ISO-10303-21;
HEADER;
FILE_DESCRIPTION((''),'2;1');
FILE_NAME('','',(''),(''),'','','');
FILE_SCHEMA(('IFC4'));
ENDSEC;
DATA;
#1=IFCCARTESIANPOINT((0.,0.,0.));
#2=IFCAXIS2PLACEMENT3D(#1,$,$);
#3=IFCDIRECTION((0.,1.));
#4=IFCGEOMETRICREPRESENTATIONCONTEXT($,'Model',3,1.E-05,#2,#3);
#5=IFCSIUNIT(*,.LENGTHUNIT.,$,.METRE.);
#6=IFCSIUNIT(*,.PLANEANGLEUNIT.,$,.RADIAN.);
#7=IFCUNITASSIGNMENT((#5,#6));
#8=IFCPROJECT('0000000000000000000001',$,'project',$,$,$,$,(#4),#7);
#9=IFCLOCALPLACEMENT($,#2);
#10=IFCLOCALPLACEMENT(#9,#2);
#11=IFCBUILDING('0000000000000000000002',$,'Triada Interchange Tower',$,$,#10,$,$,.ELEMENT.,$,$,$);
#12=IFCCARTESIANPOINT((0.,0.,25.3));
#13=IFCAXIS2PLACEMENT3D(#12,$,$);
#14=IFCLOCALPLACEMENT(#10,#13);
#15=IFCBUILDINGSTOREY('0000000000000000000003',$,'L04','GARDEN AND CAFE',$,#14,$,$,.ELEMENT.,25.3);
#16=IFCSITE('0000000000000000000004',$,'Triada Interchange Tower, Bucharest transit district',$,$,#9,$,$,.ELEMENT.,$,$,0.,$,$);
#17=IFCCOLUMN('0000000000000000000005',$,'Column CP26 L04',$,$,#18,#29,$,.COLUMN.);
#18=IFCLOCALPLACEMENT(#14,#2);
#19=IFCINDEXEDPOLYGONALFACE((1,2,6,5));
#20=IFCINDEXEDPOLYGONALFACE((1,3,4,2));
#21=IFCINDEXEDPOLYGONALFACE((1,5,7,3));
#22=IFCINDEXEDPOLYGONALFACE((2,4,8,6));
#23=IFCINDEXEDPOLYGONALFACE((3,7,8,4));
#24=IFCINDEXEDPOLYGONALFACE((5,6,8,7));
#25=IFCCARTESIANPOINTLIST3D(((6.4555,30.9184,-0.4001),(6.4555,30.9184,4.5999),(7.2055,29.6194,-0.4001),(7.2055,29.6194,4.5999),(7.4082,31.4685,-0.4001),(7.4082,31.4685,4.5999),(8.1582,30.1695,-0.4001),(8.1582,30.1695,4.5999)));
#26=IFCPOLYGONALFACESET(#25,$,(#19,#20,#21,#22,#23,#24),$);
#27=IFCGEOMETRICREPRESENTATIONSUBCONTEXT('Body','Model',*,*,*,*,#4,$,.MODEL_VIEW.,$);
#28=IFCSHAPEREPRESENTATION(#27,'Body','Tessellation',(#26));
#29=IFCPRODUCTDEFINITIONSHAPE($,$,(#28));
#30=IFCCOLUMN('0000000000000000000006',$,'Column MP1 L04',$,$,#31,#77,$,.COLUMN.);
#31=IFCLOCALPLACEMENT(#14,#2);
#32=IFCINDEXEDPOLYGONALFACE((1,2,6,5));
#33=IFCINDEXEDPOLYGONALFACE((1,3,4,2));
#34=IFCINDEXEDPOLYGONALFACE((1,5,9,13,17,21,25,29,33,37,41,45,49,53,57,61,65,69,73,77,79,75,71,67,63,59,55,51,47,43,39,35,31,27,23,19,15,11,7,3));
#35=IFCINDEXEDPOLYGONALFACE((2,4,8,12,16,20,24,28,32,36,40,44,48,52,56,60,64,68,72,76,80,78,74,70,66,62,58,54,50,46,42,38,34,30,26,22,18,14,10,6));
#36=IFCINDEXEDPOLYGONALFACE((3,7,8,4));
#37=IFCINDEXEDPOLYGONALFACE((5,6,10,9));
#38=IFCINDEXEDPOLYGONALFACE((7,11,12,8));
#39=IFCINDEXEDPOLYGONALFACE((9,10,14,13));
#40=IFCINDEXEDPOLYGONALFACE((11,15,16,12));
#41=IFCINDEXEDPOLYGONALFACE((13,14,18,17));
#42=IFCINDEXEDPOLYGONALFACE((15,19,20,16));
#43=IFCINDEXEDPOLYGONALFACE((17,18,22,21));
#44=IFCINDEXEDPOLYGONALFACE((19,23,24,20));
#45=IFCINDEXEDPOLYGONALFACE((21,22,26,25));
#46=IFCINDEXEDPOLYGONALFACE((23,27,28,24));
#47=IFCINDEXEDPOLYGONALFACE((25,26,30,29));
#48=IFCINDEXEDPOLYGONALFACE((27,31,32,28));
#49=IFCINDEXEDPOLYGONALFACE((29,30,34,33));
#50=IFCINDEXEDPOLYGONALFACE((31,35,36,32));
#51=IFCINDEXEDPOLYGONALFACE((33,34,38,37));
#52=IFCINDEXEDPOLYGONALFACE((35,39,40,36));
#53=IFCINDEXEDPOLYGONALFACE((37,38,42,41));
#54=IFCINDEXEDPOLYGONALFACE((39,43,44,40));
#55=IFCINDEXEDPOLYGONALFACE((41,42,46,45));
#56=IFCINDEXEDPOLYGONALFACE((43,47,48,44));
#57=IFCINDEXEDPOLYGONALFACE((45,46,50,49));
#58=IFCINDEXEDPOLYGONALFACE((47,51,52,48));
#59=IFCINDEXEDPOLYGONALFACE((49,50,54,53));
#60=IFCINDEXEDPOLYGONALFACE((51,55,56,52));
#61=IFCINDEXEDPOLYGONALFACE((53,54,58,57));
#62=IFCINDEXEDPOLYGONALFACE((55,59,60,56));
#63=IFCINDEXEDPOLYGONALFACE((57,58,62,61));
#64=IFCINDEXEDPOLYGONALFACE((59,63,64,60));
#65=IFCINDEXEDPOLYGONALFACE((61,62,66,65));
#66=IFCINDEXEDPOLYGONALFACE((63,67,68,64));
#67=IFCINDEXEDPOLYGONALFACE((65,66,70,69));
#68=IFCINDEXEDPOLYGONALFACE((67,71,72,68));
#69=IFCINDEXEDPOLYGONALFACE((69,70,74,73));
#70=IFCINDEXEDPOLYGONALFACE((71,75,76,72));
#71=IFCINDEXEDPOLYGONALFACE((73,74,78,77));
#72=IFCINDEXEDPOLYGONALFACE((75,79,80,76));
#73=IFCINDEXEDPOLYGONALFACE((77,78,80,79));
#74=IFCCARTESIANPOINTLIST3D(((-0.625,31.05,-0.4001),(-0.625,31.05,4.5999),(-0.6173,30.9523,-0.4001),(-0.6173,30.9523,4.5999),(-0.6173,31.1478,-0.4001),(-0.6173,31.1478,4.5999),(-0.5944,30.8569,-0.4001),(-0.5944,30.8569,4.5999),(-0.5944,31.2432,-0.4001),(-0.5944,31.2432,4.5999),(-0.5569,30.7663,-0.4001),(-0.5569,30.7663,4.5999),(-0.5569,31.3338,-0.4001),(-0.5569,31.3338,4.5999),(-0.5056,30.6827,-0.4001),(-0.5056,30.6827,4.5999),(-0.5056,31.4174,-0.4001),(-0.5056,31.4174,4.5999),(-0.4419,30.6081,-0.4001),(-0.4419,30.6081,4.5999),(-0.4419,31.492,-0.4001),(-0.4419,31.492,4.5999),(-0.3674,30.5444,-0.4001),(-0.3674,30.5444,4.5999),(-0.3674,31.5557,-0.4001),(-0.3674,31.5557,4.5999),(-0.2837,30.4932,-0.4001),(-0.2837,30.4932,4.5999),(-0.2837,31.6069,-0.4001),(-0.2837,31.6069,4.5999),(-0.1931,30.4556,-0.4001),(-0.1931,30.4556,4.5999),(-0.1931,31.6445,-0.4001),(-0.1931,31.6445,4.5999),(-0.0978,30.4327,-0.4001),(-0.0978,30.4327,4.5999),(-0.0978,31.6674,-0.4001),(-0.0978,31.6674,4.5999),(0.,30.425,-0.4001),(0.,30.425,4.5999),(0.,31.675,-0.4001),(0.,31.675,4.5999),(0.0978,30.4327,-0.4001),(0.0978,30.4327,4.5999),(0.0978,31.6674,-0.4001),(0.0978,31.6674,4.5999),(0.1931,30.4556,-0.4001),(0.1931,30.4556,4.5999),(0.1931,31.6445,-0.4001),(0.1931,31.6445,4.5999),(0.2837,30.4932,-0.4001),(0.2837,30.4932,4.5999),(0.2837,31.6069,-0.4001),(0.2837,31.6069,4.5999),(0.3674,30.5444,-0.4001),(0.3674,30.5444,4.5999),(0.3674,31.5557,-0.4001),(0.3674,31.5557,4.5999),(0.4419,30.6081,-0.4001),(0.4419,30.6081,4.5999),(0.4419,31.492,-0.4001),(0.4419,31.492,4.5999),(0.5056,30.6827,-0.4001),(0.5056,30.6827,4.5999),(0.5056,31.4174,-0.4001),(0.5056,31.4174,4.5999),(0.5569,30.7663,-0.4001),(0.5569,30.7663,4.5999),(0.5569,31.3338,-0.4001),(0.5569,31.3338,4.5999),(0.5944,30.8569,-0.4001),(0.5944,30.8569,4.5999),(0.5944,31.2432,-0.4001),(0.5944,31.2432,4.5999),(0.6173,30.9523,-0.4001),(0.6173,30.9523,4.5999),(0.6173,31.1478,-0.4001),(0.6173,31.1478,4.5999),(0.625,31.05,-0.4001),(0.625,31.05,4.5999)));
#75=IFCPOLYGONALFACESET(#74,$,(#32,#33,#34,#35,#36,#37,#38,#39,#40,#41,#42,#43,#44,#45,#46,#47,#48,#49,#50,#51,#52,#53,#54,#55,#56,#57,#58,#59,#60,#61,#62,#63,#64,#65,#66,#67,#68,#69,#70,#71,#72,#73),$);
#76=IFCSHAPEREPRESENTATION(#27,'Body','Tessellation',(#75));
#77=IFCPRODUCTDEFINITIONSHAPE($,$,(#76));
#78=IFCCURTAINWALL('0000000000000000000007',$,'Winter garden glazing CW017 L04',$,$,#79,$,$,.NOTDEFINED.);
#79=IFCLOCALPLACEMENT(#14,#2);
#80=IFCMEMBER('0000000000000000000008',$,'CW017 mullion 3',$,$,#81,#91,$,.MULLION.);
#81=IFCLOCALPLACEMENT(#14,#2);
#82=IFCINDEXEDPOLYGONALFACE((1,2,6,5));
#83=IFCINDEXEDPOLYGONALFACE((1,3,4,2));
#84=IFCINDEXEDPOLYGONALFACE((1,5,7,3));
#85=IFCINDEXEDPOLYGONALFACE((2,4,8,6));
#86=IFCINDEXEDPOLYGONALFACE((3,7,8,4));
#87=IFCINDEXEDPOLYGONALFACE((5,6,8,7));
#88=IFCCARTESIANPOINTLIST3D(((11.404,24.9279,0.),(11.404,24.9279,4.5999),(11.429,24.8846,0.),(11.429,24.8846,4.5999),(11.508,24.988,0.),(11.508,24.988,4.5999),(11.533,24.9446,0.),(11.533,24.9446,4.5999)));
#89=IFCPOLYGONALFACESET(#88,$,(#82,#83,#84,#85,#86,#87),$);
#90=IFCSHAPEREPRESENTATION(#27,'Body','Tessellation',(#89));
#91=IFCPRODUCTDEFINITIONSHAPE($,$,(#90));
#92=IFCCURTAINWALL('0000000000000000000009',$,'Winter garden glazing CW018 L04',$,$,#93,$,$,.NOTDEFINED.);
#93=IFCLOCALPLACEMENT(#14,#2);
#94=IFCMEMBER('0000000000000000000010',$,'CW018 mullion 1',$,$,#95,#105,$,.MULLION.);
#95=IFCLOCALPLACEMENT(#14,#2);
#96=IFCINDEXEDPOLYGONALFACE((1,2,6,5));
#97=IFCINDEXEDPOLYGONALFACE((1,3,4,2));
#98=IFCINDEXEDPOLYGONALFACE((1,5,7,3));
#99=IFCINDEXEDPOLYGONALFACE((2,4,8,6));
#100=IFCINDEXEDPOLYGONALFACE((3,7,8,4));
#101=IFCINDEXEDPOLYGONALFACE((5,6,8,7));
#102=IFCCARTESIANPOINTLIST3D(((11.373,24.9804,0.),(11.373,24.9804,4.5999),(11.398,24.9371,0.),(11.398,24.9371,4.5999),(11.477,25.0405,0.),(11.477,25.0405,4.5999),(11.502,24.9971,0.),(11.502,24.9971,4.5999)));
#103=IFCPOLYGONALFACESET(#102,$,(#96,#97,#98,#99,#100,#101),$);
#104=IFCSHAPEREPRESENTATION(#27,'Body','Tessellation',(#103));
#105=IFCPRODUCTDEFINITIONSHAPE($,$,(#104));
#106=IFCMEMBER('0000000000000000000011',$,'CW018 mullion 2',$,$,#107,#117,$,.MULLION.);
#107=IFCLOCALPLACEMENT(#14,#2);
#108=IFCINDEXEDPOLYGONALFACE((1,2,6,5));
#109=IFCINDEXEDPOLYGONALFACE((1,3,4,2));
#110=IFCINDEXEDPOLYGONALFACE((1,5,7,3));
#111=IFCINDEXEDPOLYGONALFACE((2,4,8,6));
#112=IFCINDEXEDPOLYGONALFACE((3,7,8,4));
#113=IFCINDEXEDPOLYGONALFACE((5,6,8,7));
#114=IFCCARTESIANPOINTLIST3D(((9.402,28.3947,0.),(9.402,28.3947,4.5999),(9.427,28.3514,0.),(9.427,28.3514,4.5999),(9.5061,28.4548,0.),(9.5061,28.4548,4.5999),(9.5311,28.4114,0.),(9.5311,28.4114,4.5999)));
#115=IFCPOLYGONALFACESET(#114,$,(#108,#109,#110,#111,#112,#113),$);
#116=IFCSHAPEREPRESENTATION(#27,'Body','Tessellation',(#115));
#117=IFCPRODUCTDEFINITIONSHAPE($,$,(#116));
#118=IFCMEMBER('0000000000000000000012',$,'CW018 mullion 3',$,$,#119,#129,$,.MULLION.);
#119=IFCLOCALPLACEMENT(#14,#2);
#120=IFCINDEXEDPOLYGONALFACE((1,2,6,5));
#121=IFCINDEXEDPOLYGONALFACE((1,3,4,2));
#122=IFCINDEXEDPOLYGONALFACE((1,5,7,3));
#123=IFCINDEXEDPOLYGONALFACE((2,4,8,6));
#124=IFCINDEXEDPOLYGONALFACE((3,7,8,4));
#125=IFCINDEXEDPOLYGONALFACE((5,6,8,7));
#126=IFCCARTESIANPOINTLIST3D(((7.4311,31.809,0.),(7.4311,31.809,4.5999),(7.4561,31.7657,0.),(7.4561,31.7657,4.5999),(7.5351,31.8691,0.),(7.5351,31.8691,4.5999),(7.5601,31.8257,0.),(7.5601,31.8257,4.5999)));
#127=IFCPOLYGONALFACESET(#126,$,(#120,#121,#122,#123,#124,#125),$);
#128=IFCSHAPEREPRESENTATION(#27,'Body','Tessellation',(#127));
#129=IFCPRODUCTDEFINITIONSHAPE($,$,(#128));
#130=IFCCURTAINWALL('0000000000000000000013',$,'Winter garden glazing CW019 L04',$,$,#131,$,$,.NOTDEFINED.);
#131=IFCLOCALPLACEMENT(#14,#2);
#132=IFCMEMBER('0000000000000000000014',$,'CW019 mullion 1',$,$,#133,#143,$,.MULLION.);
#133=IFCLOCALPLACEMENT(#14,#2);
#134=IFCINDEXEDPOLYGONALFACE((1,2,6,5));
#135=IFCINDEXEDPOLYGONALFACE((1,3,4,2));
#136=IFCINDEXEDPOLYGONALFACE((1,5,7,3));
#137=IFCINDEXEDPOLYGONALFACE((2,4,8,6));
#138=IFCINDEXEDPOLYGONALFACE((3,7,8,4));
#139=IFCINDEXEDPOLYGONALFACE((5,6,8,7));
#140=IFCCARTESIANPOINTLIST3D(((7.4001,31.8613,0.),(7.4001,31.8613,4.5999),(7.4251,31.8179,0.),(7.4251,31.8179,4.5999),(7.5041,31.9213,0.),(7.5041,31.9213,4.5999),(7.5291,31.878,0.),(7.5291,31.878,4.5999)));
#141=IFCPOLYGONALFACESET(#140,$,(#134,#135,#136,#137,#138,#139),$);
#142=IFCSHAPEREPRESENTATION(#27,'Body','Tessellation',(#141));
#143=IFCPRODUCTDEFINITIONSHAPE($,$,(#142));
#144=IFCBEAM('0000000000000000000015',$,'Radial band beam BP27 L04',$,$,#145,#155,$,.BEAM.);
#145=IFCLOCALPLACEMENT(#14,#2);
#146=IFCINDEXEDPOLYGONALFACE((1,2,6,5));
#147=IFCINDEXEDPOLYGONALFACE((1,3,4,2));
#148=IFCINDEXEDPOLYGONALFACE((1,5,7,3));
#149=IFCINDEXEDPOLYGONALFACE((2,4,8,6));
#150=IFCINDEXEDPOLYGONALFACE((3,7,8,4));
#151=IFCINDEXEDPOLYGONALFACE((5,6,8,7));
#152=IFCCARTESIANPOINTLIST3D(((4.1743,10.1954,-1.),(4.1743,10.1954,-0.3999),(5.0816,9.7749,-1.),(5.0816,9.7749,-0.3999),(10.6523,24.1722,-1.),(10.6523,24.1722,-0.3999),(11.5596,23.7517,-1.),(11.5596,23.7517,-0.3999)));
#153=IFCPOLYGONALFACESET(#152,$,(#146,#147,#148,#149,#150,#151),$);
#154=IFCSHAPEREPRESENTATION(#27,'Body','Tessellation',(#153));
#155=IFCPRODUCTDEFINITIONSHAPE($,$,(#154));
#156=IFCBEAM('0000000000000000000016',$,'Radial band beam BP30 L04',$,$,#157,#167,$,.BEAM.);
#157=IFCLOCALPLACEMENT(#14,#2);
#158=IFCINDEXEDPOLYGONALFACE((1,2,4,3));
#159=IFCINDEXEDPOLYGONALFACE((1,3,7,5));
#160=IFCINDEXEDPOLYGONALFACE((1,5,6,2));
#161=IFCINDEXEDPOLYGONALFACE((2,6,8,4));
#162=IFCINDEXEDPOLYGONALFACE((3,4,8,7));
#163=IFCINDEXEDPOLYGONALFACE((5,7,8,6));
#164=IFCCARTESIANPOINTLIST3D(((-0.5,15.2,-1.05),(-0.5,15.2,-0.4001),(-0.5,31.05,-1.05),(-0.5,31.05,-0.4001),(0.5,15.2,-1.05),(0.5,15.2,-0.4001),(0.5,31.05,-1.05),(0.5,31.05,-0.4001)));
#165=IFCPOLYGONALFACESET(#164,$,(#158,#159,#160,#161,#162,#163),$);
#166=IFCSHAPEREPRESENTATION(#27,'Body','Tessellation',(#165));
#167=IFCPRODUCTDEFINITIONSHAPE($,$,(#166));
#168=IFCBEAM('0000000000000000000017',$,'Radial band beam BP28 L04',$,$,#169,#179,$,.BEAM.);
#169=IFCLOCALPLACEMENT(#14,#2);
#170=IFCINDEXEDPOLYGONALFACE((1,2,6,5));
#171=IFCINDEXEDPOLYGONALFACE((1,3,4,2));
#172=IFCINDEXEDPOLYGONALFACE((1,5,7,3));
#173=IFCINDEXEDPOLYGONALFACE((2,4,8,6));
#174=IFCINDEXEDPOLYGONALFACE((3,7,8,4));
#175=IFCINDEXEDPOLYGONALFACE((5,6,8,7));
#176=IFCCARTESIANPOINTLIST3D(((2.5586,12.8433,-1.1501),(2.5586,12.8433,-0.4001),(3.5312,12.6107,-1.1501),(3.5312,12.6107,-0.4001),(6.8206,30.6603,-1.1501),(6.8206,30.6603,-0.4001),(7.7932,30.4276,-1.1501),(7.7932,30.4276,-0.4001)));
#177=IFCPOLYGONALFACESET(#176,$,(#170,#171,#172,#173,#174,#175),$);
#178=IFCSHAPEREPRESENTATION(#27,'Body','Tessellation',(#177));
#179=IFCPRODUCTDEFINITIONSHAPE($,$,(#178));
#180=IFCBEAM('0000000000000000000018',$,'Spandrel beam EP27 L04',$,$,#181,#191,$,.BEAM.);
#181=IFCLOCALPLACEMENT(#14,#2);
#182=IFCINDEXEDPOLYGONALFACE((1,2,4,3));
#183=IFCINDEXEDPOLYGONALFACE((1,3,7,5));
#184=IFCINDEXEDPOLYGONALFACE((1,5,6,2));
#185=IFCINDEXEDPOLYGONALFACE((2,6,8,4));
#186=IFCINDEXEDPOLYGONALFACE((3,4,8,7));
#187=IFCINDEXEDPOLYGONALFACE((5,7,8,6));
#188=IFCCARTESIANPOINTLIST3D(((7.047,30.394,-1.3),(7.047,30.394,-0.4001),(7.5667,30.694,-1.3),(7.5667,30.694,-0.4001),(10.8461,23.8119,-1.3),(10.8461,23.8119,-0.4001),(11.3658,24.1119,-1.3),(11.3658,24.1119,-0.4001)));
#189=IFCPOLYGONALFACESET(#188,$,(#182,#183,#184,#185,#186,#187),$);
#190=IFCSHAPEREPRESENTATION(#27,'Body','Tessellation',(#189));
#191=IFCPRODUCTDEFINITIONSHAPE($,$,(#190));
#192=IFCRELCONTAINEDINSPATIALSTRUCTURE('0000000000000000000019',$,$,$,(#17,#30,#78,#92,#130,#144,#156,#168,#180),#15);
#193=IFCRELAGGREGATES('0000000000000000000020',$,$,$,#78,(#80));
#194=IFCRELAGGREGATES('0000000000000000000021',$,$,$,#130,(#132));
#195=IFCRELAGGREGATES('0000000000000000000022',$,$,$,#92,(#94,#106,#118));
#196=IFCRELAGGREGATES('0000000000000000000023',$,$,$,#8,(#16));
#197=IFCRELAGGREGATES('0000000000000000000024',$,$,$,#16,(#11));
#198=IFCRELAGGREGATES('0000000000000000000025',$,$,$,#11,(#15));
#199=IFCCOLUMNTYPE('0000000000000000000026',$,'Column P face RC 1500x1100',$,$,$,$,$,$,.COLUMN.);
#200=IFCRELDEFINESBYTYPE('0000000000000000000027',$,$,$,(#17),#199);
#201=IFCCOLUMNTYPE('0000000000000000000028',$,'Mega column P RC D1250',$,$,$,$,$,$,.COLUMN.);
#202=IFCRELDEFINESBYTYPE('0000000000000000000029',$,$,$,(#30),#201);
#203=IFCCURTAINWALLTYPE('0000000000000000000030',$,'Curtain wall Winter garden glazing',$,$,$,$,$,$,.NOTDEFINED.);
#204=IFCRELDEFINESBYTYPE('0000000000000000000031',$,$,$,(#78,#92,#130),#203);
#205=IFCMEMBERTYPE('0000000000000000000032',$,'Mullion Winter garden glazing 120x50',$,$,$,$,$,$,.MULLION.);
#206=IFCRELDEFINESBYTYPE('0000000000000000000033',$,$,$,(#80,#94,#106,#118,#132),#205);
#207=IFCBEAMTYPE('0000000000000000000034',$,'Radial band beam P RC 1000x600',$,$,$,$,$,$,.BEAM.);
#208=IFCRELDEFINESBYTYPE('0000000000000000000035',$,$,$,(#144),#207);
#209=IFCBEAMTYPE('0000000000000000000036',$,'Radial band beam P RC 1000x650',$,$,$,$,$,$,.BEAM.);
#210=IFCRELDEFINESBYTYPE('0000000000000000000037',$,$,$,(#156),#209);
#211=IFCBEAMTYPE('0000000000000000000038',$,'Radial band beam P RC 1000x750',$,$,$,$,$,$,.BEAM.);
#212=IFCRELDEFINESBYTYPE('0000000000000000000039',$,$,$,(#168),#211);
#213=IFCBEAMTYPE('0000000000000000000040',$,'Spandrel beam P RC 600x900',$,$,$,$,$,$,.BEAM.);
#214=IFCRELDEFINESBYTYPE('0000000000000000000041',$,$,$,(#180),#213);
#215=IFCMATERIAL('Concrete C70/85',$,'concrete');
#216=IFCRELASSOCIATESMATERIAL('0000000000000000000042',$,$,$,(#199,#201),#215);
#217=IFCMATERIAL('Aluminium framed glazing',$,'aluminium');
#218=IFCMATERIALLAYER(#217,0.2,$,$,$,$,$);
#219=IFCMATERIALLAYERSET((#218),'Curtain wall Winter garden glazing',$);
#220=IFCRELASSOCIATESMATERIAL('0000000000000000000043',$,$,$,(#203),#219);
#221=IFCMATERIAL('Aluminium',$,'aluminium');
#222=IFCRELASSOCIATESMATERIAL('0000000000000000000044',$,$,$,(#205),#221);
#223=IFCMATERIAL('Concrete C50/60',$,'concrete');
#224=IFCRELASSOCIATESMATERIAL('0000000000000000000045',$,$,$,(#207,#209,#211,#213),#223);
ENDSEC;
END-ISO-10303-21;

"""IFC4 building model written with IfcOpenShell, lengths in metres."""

from ifc_helpers import new_model, si_unit, direction, frame, origin, origin_2d, place, context, subcontext, project, spatial, rectangle, circle, extrude, material, layer, layer_set, material_profile, profile_set, type_object, element, aggregate, save


model = new_model("IFC4")

# Units and contexts
model_context = context("Model", 3, precision=1e-05, world=origin(), true_north=direction((0.0, 1.0)))
body_context = subcontext(model_context, "Body", "Model", "MODEL_VIEW")
ifc_project = project(units=[si_unit("LENGTHUNIT", "METRE"), si_unit("PLANEANGLEUNIT", "RADIAN")], contexts=[model_context])

# Site, building, storey
site_placement = place(None, origin())
site = spatial("IfcSite", under=ifc_project, at=site_placement, Name="Triada Interchange Tower, Bucharest transit district", CompositionType="ELEMENT", RefElevation=0.0)
building_placement = place(site_placement, origin())
building = spatial("IfcBuilding", under=site, at=building_placement, Name="Triada Interchange Tower", CompositionType="ELEMENT")
storey_placement = place(building_placement, frame((0.0, 0.0, 25.3)))
storey = spatial("IfcBuildingStorey", under=building, at=storey_placement, Name="L04", Description="GARDEN AND CAFE", CompositionType="ELEMENT", Elevation=25.3)

# Columns
ifc_material_1 = material(Name="Concrete C70/85", Category="concrete")
ifc_material_profile_1 = material_profile(ifc_material_1, rectangle(XDim=1.5, YDim=1.1001, at=origin_2d()), Name="RC 1500x1100")
ifc_profile_set_1 = profile_set([ifc_material_profile_1], Name="Concrete C70/85")
column_type_1 = type_object("IfcColumnType", Name="Column P face RC 1500x1100", PredefinedType="COLUMN", material=ifc_profile_set_1)
column_1_placement = place(storey_placement, frame((7.3069, 30.5439, -0.4001), z_axis=(0.0, 0.0, 1.0), x_axis=(-0.5, 0.866025, 0.0)))
element("IfcColumn", 1, at=column_1_placement, inside=storey, type_object=column_type_1, Name="Column CP26 L04", PredefinedType="COLUMN", context=body_context, shape_type="SweptSolid", body=[
    extrude(rectangle(XDim=1.5, YDim=1.1001, at=origin_2d()), origin(), (0.0, 0.0, 1.0), 5.0),
])
ifc_material_profile_2 = material_profile(ifc_material_1, circle(Radius=0.625, at=origin_2d()), Name="RC D1250")
ifc_profile_set_2 = profile_set([ifc_material_profile_2], Name="Concrete C70/85")
column_type_2 = type_object("IfcColumnType", Name="Mega column P RC D1250", PredefinedType="COLUMN", material=ifc_profile_set_2)
column_2_placement = place(storey_placement, frame((0.0, 31.05, -0.4001), z_axis=(0.0, 0.0, 1.0), x_axis=(1.0, 0.0, 0.0)))
element("IfcColumn", 2, at=column_2_placement, inside=storey, type_object=column_type_2, Name="Column MP1 L04", PredefinedType="COLUMN", context=body_context, shape_type="SweptSolid", body=[
    extrude(circle(Radius=0.625, at=origin_2d()), origin(), (0.0, 0.0, 1.0), 5.0),
])

# Curtain wall, member
ifc_material_2 = material(Name="Aluminium framed glazing", Category="aluminium")
ifc_layer_1 = layer(ifc_material_2, 0.2)
ifc_layer_set_1 = layer_set([ifc_layer_1], Name="Curtain wall Winter garden glazing")
curtain_wall_type = type_object("IfcCurtainWallType", Name="Curtain wall Winter garden glazing", PredefinedType="NOTDEFINED", material=ifc_layer_set_1)
curtain_wall_1_placement = place(storey_placement, origin())
curtain_wall_1 = element("IfcCurtainWall", 3, at=curtain_wall_1_placement, inside=storey, type_object=curtain_wall_type, Name="Winter garden glazing CW017 L04", PredefinedType="NOTDEFINED")
ifc_material_3 = material(Name="Aluminium", Category="aluminium")
ifc_material_profile_3 = material_profile(ifc_material_3, rectangle(XDim=0.1201, YDim=0.05, at=origin_2d()), Name="Aluminium mullion")
ifc_profile_set_3 = profile_set([ifc_material_profile_3], Name="Aluminium")
member_type_1 = type_object("IfcMemberType", Name="Mullion Winter garden glazing 120x50", PredefinedType="MULLION", material=ifc_profile_set_3)
member_1_placement = place(storey_placement, frame((11.4685, 24.9363, 0.0), z_axis=(0.0, 0.0, 1.0), x_axis=(-0.866055, -0.499948, 0.0)))
member_1 = element("IfcMember", 4, at=member_1_placement, type_object=member_type_1, Name="CW017 mullion 3", PredefinedType="MULLION", context=body_context, shape_type="SweptSolid", body=[
    extrude(rectangle(XDim=0.1201, YDim=0.05, at=origin_2d()), origin(), (0.0, 0.0, 1.0), 4.5999),
])
aggregate(curtain_wall_1, [member_1])

# Curtain wall, members
curtain_wall_2_placement = place(storey_placement, origin())
curtain_wall_2 = element("IfcCurtainWall", 5, at=curtain_wall_2_placement, inside=storey, type_object=curtain_wall_type, Name="Winter garden glazing CW018 L04", PredefinedType="NOTDEFINED")
member_2_placement = place(storey_placement, frame((11.4375, 24.9888, 0.0), z_axis=(0.0, 0.0, 1.0), x_axis=(-0.866055, -0.499948, 0.0)))
member_2 = element("IfcMember", 6, at=member_2_placement, type_object=member_type_1, Name="CW018 mullion 1", PredefinedType="MULLION", context=body_context, shape_type="SweptSolid", body=[
    extrude(rectangle(XDim=0.1201, YDim=0.05, at=origin_2d()), origin(), (0.0, 0.0, 1.0), 4.5999),
])
member_3_placement = place(storey_placement, frame((9.4666, 28.4031, 0.0), z_axis=(0.0, 0.0, 1.0), x_axis=(-0.866055, -0.499948, 0.0)))
member_3 = element("IfcMember", 7, at=member_3_placement, type_object=member_type_1, Name="CW018 mullion 2", PredefinedType="MULLION", context=body_context, shape_type="SweptSolid", body=[
    extrude(rectangle(XDim=0.1201, YDim=0.05, at=origin_2d()), origin(), (0.0, 0.0, 1.0), 4.5999),
])
member_4_placement = place(storey_placement, frame((7.4956, 31.8174, 0.0), z_axis=(0.0, 0.0, 1.0), x_axis=(-0.866055, -0.499948, 0.0)))
member_4 = element("IfcMember", 8, at=member_4_placement, type_object=member_type_1, Name="CW018 mullion 3", PredefinedType="MULLION", context=body_context, shape_type="SweptSolid", body=[
    extrude(rectangle(XDim=0.1201, YDim=0.05, at=origin_2d()), origin(), (0.0, 0.0, 1.0), 4.5999),
])

# Curtain wall, member
curtain_wall_3_placement = place(storey_placement, origin())
curtain_wall_3 = element("IfcCurtainWall", 9, at=curtain_wall_3_placement, inside=storey, type_object=curtain_wall_type, Name="Winter garden glazing CW019 L04", PredefinedType="NOTDEFINED")
member_5_placement = place(storey_placement, frame((7.4646, 31.8696, 0.0), z_axis=(0.0, 0.0, 1.0), x_axis=(-0.866049, -0.499959, 0.0)))
member_5 = element("IfcMember", 10, at=member_5_placement, type_object=member_type_1, Name="CW019 mullion 1", PredefinedType="MULLION", context=body_context, shape_type="SweptSolid", body=[
    extrude(rectangle(XDim=0.1201, YDim=0.05, at=origin_2d()), origin(), (0.0, 0.0, 1.0), 4.5999),
])
aggregate(curtain_wall_3, [member_5])

# Beams
ifc_material_4 = material(Name="Concrete C50/60", Category="concrete")
ifc_material_profile_4 = material_profile(ifc_material_4, rectangle(XDim=1.0, YDim=0.6001, at=origin_2d()), Name="RC 1000x600")
ifc_profile_set_4 = profile_set([ifc_material_profile_4], Name="Concrete C50/60")
beam_type_1 = type_object("IfcBeamType", Name="Radial band beam P RC 1000x600", PredefinedType="BEAM", material=ifc_profile_set_4)
beam_1_placement = place(storey_placement, frame((11.106, 23.9619, -0.7), z_axis=(-0.420513, -0.907287, 0.0), x_axis=(0.907287, -0.420513, 0.0)))
element("IfcBeam", 11, at=beam_1_placement, inside=storey, type_object=beam_type_1, Name="Radial band beam BP27 L04", PredefinedType="BEAM", context=body_context, shape_type="SweptSolid", body=[
    extrude(rectangle(XDim=1.0, YDim=0.6001, at=origin_2d()), origin(), (0.0, 0.0, 1.0), 15.405),
])
ifc_material_profile_5 = material_profile(ifc_material_4, rectangle(XDim=1.0, YDim=0.6499, at=origin_2d()), Name="RC 1000x650")
ifc_profile_set_5 = profile_set([ifc_material_profile_5], Name="Concrete C50/60")
beam_type_2 = type_object("IfcBeamType", Name="Radial band beam P RC 1000x650", PredefinedType="BEAM", material=ifc_profile_set_5)
beam_2_placement = place(storey_placement, frame((0.0, 31.05, -0.7251), z_axis=(0.0, -1.0, 0.0), x_axis=(1.0, 0.0, 0.0)))
element("IfcBeam", 12, at=beam_2_placement, inside=storey, type_object=beam_type_2, Name="Radial band beam BP30 L04", PredefinedType="BEAM", context=body_context, shape_type="SweptSolid", body=[
    extrude(rectangle(XDim=1.0, YDim=0.6499, at=origin_2d()), origin(), (0.0, 0.0, 1.0), 15.8501),
])
ifc_material_profile_6 = material_profile(ifc_material_4, rectangle(XDim=1.0, YDim=0.75, at=origin_2d()), Name="RC 1000x750")
ifc_profile_set_6 = profile_set([ifc_material_profile_6], Name="Concrete C50/60")
beam_type_3 = type_object("IfcBeamType", Name="Radial band beam P RC 1000x750", PredefinedType="BEAM", material=ifc_profile_set_6)
beam_3_placement = place(storey_placement, frame((7.3069, 30.5439, -0.7751), z_axis=(-0.232646, -0.972562, 0.0), x_axis=(0.972562, -0.232646, 0.0)))
element("IfcBeam", 13, at=beam_3_placement, inside=storey, type_object=beam_type_3, Name="Radial band beam BP28 L04", PredefinedType="BEAM", context=body_context, shape_type="SweptSolid", body=[
    extrude(rectangle(XDim=1.0, YDim=0.75, at=origin_2d()), origin(), (0.0, 0.0, 1.0), 18.3196),
])
ifc_material_profile_7 = material_profile(ifc_material_4, rectangle(XDim=0.6001, YDim=0.8999, at=origin_2d()), Name="RC 600x900")
ifc_profile_set_7 = profile_set([ifc_material_profile_7], Name="Concrete C50/60")
beam_type_4 = type_object("IfcBeamType", Name="Spandrel beam P RC 600x900", PredefinedType="BEAM", material=ifc_profile_set_7)
beam_4_placement = place(storey_placement, frame((11.106, 23.9619, -0.8501), z_axis=(-0.499895, 0.866086, 0.0), x_axis=(-0.866086, -0.499895, 0.0)))
element("IfcBeam", 14, at=beam_4_placement, inside=storey, type_object=beam_type_4, Name="Spandrel beam EP27 L04", PredefinedType="BEAM", context=body_context, shape_type="SweptSolid", body=[
    extrude(rectangle(XDim=0.6001, YDim=0.8999, at=origin_2d()), origin(), (0.0, 0.0, 1.0), 7.5999),
])

aggregate(curtain_wall_2, [member_2, member_3, member_4])

save(model, "model.ifc")
